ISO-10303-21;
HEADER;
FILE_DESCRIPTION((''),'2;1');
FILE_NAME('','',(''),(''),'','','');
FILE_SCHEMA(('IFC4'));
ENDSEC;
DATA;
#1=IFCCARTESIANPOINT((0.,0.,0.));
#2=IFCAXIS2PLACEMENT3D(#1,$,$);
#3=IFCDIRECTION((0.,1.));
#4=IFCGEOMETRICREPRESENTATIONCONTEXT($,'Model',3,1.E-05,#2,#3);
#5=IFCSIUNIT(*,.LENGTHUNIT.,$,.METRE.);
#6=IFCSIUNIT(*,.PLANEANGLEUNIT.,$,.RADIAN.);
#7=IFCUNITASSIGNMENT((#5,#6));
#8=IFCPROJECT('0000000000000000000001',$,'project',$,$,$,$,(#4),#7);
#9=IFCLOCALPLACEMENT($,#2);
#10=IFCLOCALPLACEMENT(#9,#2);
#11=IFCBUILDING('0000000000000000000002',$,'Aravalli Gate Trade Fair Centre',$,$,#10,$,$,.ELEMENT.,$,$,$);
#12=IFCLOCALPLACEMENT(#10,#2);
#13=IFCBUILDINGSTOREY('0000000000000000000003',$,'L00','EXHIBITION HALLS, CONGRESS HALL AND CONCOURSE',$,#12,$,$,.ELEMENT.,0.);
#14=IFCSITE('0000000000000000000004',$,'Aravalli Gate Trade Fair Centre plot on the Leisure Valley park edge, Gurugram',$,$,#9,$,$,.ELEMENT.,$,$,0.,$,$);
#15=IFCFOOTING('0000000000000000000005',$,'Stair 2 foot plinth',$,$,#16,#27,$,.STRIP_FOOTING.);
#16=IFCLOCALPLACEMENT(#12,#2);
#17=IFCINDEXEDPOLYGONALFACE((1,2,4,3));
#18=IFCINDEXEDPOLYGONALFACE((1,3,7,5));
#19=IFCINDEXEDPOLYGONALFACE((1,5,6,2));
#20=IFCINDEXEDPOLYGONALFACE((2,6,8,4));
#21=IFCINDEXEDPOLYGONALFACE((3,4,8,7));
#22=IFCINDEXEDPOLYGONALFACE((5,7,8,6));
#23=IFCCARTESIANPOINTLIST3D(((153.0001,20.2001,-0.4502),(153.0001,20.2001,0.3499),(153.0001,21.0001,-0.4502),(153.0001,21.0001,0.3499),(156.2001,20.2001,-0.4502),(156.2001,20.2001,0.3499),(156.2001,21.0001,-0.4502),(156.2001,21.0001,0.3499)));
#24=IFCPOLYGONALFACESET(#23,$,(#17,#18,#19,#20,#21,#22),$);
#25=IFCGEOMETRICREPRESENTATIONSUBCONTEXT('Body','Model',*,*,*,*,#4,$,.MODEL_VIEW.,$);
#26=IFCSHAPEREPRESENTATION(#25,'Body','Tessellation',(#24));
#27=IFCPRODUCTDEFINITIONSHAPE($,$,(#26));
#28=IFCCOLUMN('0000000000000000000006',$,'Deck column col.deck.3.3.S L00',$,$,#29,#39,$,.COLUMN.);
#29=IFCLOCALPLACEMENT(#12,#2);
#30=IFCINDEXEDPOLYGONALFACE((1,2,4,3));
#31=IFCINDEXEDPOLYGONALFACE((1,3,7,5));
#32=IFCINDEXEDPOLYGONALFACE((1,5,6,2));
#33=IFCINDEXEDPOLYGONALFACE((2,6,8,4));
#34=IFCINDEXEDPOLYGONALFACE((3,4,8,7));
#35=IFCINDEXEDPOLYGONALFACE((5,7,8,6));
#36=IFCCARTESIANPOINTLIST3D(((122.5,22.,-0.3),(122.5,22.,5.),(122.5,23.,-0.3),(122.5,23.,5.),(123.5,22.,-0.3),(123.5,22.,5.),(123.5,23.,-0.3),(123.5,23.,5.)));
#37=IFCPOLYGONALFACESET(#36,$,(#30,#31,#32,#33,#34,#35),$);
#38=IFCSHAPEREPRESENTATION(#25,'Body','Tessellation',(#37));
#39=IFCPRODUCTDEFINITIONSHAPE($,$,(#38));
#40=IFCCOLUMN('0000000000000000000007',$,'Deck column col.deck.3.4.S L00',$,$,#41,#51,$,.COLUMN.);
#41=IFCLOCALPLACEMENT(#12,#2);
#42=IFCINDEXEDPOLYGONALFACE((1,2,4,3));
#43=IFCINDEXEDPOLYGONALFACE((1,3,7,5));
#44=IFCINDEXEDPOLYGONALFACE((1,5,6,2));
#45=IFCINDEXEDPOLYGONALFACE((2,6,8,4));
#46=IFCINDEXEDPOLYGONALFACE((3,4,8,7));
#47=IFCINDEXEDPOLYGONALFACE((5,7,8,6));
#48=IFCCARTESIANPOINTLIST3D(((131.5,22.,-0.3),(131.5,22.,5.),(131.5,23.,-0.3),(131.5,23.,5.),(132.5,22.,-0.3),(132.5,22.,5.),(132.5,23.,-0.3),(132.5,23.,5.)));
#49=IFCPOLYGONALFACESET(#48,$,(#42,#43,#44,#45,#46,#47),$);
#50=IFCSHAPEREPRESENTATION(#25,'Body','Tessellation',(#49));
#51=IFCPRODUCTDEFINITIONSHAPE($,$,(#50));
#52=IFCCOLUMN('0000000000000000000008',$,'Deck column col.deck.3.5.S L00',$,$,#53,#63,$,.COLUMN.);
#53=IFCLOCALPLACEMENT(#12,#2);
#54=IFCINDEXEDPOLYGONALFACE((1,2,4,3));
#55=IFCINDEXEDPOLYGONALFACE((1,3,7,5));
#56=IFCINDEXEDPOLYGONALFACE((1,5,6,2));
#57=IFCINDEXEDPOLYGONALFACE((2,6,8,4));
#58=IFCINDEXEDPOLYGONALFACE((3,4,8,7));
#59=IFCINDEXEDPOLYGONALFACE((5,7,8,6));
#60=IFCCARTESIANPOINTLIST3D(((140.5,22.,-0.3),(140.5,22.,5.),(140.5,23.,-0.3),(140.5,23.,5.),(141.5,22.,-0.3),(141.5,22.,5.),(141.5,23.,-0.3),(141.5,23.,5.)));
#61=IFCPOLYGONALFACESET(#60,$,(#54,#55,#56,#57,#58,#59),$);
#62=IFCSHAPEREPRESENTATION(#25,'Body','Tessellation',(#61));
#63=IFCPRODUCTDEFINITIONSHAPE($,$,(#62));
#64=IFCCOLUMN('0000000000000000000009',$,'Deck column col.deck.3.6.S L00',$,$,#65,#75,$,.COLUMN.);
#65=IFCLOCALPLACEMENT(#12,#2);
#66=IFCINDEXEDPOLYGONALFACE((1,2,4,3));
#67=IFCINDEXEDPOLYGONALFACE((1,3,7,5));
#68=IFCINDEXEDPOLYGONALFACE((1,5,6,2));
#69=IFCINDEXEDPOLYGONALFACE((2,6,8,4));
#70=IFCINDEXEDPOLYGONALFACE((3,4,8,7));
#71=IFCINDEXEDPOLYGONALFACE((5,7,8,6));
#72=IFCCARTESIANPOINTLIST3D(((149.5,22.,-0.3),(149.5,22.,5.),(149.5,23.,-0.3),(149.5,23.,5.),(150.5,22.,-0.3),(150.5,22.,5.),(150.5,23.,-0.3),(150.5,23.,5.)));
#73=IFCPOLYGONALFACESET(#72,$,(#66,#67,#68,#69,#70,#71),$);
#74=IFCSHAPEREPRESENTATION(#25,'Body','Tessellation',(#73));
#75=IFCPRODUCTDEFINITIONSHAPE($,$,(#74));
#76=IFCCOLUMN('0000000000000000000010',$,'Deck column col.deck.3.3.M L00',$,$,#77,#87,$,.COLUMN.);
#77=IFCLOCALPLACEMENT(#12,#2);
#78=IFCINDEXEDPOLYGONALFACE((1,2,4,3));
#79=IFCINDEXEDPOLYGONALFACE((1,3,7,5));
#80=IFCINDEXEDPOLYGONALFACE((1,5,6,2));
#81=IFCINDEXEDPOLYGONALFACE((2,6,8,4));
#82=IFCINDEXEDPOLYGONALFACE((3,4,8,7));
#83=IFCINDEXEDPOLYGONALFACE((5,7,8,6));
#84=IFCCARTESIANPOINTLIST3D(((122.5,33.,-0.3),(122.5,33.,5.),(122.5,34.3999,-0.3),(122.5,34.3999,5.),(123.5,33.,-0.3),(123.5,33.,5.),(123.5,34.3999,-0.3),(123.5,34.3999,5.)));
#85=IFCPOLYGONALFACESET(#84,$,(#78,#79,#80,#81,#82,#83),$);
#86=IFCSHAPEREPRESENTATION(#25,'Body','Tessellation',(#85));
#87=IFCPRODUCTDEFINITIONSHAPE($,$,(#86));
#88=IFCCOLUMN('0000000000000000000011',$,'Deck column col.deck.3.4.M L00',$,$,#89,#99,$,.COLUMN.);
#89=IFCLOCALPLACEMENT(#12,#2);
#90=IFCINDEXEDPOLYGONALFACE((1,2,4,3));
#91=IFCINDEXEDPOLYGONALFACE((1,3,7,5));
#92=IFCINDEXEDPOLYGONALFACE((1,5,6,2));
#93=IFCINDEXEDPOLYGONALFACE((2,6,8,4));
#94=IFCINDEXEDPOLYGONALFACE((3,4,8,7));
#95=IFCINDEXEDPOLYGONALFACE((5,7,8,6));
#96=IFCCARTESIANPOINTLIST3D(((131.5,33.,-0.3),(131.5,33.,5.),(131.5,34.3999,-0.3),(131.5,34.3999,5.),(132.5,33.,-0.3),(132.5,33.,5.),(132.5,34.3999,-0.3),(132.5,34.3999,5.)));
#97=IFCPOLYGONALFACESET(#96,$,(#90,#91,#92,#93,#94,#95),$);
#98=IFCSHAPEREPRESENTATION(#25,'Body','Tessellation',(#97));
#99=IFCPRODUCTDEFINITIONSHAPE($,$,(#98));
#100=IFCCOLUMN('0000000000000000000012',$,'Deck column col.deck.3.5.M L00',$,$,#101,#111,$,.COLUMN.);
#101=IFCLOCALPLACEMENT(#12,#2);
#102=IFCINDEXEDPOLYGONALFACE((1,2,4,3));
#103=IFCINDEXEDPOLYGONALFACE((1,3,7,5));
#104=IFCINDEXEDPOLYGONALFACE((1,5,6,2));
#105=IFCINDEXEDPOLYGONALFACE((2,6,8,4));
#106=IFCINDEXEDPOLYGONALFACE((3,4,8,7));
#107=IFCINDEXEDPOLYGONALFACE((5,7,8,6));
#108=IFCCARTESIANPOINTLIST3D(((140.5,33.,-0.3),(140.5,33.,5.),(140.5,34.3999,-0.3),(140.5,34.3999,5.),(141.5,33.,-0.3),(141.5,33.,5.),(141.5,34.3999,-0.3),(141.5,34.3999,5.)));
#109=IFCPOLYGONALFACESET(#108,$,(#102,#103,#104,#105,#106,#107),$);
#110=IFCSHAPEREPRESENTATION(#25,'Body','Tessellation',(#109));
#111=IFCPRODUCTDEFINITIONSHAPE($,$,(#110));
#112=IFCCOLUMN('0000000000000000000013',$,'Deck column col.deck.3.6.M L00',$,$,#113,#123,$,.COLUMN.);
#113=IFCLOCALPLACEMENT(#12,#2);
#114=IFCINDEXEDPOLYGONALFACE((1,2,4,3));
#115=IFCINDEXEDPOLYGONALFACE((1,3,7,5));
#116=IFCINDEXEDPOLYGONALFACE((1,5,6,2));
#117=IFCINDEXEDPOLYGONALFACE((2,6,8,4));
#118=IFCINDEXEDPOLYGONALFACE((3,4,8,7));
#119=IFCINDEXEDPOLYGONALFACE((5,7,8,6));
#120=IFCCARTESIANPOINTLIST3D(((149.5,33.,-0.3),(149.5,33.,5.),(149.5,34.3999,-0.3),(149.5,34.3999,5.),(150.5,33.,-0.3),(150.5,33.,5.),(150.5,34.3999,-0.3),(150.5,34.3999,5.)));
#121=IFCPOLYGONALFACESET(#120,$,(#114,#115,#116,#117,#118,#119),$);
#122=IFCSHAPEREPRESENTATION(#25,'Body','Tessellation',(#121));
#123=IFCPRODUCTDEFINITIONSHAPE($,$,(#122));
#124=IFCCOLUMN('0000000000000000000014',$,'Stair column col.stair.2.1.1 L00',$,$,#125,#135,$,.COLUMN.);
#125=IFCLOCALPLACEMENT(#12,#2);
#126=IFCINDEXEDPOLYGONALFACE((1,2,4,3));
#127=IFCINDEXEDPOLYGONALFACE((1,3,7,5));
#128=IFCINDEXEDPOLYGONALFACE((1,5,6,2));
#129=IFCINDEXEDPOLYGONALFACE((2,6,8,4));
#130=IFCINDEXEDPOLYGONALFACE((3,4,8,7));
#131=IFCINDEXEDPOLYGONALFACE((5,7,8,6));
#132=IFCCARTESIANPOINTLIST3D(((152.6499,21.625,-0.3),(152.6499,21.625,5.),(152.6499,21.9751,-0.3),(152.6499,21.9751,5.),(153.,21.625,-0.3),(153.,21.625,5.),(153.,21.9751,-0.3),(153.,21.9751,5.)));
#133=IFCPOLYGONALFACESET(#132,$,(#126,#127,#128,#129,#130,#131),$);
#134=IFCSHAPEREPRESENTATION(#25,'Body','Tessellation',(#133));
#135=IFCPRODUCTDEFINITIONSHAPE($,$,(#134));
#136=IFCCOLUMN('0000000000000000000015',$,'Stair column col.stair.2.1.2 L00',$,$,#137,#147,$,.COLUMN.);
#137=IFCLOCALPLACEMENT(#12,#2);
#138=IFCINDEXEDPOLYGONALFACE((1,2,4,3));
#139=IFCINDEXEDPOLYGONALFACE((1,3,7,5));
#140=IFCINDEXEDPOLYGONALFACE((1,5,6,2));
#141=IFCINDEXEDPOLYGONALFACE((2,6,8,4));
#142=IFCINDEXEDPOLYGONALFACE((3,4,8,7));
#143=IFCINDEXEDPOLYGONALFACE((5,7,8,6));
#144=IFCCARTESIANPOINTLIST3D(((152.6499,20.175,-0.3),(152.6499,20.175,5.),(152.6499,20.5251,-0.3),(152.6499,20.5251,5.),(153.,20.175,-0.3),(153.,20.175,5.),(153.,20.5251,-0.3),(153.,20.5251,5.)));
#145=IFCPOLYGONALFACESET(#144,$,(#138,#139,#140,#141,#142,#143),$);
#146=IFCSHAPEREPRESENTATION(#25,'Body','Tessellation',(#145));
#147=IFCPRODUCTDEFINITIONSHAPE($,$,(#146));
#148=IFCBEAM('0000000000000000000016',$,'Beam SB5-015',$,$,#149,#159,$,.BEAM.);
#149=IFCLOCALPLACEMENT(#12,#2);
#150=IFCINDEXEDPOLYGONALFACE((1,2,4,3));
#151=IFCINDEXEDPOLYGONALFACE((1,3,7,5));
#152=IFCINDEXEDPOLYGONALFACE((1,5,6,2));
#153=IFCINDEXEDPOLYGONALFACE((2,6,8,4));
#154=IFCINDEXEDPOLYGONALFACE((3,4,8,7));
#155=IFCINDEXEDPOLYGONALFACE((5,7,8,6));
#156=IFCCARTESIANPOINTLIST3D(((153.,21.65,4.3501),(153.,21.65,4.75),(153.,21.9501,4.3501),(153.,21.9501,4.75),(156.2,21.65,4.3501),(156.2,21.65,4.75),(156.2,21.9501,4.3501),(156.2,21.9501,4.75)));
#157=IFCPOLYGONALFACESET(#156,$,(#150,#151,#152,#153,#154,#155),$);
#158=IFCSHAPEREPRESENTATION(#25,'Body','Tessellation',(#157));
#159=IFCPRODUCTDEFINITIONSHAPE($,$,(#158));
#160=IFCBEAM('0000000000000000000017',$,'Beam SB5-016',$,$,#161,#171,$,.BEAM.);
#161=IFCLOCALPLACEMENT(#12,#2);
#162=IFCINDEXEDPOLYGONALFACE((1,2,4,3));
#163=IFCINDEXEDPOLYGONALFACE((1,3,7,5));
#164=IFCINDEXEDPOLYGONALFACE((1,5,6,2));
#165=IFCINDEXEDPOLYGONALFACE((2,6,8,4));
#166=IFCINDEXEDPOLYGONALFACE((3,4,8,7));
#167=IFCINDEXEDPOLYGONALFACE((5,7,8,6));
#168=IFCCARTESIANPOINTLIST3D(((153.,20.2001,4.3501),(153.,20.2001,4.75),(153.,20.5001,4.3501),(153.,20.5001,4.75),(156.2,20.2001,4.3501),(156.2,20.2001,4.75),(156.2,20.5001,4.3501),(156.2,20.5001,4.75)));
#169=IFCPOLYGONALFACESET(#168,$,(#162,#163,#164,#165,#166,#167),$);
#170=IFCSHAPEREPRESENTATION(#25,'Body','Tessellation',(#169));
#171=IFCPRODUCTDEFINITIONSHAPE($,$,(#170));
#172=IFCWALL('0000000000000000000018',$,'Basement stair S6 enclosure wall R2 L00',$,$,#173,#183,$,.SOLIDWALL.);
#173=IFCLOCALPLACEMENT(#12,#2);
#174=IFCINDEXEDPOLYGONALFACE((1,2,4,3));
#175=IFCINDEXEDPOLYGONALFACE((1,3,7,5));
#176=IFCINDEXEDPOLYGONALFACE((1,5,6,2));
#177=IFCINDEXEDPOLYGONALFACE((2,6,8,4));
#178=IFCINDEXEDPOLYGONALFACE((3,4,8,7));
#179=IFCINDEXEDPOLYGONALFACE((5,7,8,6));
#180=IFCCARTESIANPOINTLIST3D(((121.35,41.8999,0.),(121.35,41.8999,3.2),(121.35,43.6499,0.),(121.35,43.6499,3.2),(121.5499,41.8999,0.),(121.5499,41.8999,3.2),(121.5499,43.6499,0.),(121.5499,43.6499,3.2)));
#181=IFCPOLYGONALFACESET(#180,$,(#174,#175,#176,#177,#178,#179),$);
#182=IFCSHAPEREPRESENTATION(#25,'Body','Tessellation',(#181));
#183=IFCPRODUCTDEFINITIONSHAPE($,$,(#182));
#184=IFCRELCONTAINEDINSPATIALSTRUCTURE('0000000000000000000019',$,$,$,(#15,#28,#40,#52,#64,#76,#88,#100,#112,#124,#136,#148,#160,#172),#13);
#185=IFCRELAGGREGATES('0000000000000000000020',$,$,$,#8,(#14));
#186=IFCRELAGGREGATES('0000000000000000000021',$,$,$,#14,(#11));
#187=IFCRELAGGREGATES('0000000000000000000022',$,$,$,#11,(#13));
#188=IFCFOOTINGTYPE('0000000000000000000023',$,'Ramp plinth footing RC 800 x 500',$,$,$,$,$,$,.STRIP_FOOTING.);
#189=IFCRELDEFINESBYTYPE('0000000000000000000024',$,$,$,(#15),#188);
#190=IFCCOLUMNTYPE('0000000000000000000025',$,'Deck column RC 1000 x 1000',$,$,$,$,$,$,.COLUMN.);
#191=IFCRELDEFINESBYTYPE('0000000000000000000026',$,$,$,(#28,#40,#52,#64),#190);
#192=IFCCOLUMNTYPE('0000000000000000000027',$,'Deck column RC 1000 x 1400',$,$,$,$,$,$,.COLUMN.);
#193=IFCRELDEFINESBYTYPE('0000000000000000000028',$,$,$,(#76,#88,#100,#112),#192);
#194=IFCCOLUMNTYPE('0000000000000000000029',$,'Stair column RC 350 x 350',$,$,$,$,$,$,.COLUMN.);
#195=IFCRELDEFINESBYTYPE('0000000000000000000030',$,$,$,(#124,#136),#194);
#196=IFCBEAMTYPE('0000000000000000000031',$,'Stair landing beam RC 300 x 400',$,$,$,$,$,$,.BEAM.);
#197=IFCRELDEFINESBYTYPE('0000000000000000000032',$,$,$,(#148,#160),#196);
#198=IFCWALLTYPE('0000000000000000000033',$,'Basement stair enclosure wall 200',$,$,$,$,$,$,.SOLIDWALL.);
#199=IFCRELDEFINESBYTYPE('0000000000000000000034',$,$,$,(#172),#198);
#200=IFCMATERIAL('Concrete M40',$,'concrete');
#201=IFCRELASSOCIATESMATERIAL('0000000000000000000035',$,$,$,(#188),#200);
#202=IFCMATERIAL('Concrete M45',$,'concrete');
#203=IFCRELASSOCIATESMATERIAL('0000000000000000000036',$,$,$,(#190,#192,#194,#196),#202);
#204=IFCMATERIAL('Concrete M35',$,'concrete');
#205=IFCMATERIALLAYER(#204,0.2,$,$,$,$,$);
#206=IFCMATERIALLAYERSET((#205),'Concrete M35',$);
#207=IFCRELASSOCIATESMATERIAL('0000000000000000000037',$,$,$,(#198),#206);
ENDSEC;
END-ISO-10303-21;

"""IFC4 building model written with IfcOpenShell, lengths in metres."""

from ifc_helpers import new_model, si_unit, direction, frame, frame_2d, origin, origin_2d, place, context, subcontext, project, spatial, rectangle, extrude, material, layer, layer_set, material_profile, profile_set, type_object, element, save


model = new_model("IFC4")

# Units and contexts
model_context = context("Model", 3, precision=1e-05, world=origin(), true_north=direction((0.0, 1.0)))
body_context = subcontext(model_context, "Body", "Model", "MODEL_VIEW")
ifc_project = project(units=[si_unit("LENGTHUNIT", "METRE"), si_unit("PLANEANGLEUNIT", "RADIAN")], contexts=[model_context])

# Site, building, storey
site_placement = place(None, origin())
site = spatial("IfcSite", under=ifc_project, at=site_placement, Name="Aravalli Gate Trade Fair Centre plot on the Leisure Valley park edge, Gurugram", CompositionType="ELEMENT", RefElevation=0.0)
building_placement = place(site_placement, origin())
building = spatial("IfcBuilding", under=site, at=building_placement, Name="Aravalli Gate Trade Fair Centre", CompositionType="ELEMENT")
storey_placement = place(building_placement, origin())
storey = spatial("IfcBuildingStorey", under=building, at=storey_placement, Name="L00", Description="EXHIBITION HALLS, CONGRESS HALL AND CONCOURSE", CompositionType="ELEMENT", Elevation=0.0)

# Footing
ifc_material_1 = material(Name="Concrete M40", Category="concrete")
footing_type = type_object("IfcFootingType", Name="Ramp plinth footing RC 800 x 500", PredefinedType="STRIP_FOOTING", material=ifc_material_1)
footing_placement = place(storey_placement, frame((154.6001, 20.6001, -0.4502), z_axis=(0.0, 0.0, 1.0), x_axis=(1.0, 0.0, 0.0)))
element("IfcFooting", 1, at=footing_placement, inside=storey, type_object=footing_type, Name="Stair 2 foot plinth", PredefinedType="STRIP_FOOTING", context=body_context, shape_type="SweptSolid", body=[
    extrude(rectangle(XDim=3.2, YDim=0.8, at=origin_2d()), origin(), (0.0, 0.0, 1.0), 0.8),
])

# Columns
ifc_material_2 = material(Name="Concrete M45", Category="concrete")
ifc_material_profile_1 = material_profile(ifc_material_2, rectangle(XDim=1.0, YDim=1.0, at=origin_2d()), Name="Deck column RC 1000 x 1000")
ifc_profile_set_1 = profile_set([ifc_material_profile_1], Name="Concrete M45")
column_type_1 = type_object("IfcColumnType", Name="Deck column RC 1000 x 1000", PredefinedType="COLUMN", material=ifc_profile_set_1)
for number, where, z_axis, x_axis, name in (
    (2, (123.0, 22.5, -0.3), (0.0, 0.0, 1.0), (1.0, 0.0, 0.0), "Deck column col.deck.3.3.S L00"),
    (3, (132.0, 22.5, -0.3), (0.0, 0.0, 1.0), (1.0, 0.0, 0.0), "Deck column col.deck.3.4.S L00"),
    (4, (141.0, 22.5, -0.3), (0.0, 0.0, 1.0), (1.0, 0.0, 0.0), "Deck column col.deck.3.5.S L00"),
    (5, (150.0, 22.5, -0.3), (0.0, 0.0, 1.0), (1.0, 0.0, 0.0), "Deck column col.deck.3.6.S L00"),
):
    element("IfcColumn", number, at=place(storey_placement, frame(where, z_axis=z_axis, x_axis=x_axis)), inside=storey, type_object=column_type_1, Name=name, PredefinedType="COLUMN", context=body_context, shape_type="SweptSolid", body=[
        extrude(rectangle(XDim=1.0, YDim=1.0, at=origin_2d()), origin(), (0.0, 0.0, 1.0), 5.3),
    ])
ifc_material_profile_2 = material_profile(ifc_material_2, rectangle(XDim=1.0, YDim=1.3999, at=origin_2d()), Name="Deck column RC 1000 x 1400")
ifc_profile_set_2 = profile_set([ifc_material_profile_2], Name="Concrete M45")
column_type_2 = type_object("IfcColumnType", Name="Deck column RC 1000 x 1400", PredefinedType="COLUMN", material=ifc_profile_set_2)
for number, where, z_axis, x_axis, name in (
    (6, (123.0, 33.7, -0.3), (0.0, 0.0, 1.0), (1.0, 0.0, 0.0), "Deck column col.deck.3.3.M L00"),
    (7, (132.0, 33.7, -0.3), (0.0, 0.0, 1.0), (1.0, 0.0, 0.0), "Deck column col.deck.3.4.M L00"),
    (8, (141.0, 33.7, -0.3), (0.0, 0.0, 1.0), (1.0, 0.0, 0.0), "Deck column col.deck.3.5.M L00"),
    (9, (150.0, 33.7, -0.3), (0.0, 0.0, 1.0), (1.0, 0.0, 0.0), "Deck column col.deck.3.6.M L00"),
):
    element("IfcColumn", number, at=place(storey_placement, frame(where, z_axis=z_axis, x_axis=x_axis)), inside=storey, type_object=column_type_2, Name=name, PredefinedType="COLUMN", context=body_context, shape_type="SweptSolid", body=[
        extrude(rectangle(XDim=1.0, YDim=1.3999, at=origin_2d()), origin(), (0.0, 0.0, 1.0), 5.3),
    ])
ifc_material_profile_3 = material_profile(ifc_material_2, rectangle(XDim=0.3501, YDim=0.3501, at=origin_2d()), Name="Stair column RC 350 x 350")
ifc_profile_set_3 = profile_set([ifc_material_profile_3], Name="Concrete M45")
column_type_3 = type_object("IfcColumnType", Name="Stair column RC 350 x 350", PredefinedType="COLUMN", material=ifc_profile_set_3)
for number, where, z_axis, x_axis, name in (
    (10, (152.825, 21.8, -0.3), (0.0, 0.0, 1.0), (1.0, 0.0, 0.0), "Stair column col.stair.2.1.1 L00"),
    (11, (152.825, 20.3501, -0.3), (0.0, 0.0, 1.0), (1.0, 0.0, 0.0), "Stair column col.stair.2.1.2 L00"),
):
    element("IfcColumn", number, at=place(storey_placement, frame(where, z_axis=z_axis, x_axis=x_axis)), inside=storey, type_object=column_type_3, Name=name, PredefinedType="COLUMN", context=body_context, shape_type="SweptSolid", body=[
        extrude(rectangle(XDim=0.3501, YDim=0.3501, at=origin_2d()), origin(), (0.0, 0.0, 1.0), 5.3),
    ])

# Beams
ifc_material_profile_4 = material_profile(ifc_material_2, rectangle(XDim=0.3, YDim=0.3999, at=origin_2d()), Name="Stair landing beam RC 300 x 400")
ifc_profile_set_4 = profile_set([ifc_material_profile_4], Name="Concrete M45")
beam_type = type_object("IfcBeamType", Name="Stair landing beam RC 300 x 400", PredefinedType="BEAM", material=ifc_profile_set_4)
for number, where, z_axis, x_axis, name in (
    (12, (153.0, 21.8, 4.55), (1.0, 0.0, 0.0), (0.0, 1.0, 0.0), "Beam SB5-015"),
    (13, (153.0, 20.3501, 4.55), (1.0, 0.0, 0.0), (0.0, 1.0, 0.0), "Beam SB5-016"),
):
    element("IfcBeam", number, at=place(storey_placement, frame(where, z_axis=z_axis, x_axis=x_axis)), inside=storey, type_object=beam_type, Name=name, PredefinedType="BEAM", context=body_context, shape_type="SweptSolid", body=[
        extrude(rectangle(XDim=0.3, YDim=0.3999, at=origin_2d()), origin(), (0.0, 0.0, 1.0), 3.2),
    ])

# Wall
ifc_material_3 = material(Name="Concrete M35", Category="concrete")
ifc_layer = layer(ifc_material_3, 0.2)
ifc_layer_set = layer_set([ifc_layer], Name="Concrete M35")
wall_type = type_object("IfcWallType", Name="Basement stair enclosure wall 200", PredefinedType="SOLIDWALL", material=ifc_layer_set)
wall_1_placement = place(storey_placement, frame((121.45, 43.6499, 0.0), z_axis=(0.0, 0.0, 1.0), x_axis=(0.0, -1.0, 0.0)))
element("IfcWall", 14, at=wall_1_placement, inside=storey, type_object=wall_type, Name="Basement stair S6 enclosure wall R2 L00", PredefinedType="SOLIDWALL", context=body_context, shape_type="SweptSolid", body=[
    extrude(rectangle(XDim=1.75, YDim=0.2, at=frame_2d((0.875, 0.0))), origin(), (0.0, 0.0, 1.0), 3.2),
])

save(model, "model.ifc")
